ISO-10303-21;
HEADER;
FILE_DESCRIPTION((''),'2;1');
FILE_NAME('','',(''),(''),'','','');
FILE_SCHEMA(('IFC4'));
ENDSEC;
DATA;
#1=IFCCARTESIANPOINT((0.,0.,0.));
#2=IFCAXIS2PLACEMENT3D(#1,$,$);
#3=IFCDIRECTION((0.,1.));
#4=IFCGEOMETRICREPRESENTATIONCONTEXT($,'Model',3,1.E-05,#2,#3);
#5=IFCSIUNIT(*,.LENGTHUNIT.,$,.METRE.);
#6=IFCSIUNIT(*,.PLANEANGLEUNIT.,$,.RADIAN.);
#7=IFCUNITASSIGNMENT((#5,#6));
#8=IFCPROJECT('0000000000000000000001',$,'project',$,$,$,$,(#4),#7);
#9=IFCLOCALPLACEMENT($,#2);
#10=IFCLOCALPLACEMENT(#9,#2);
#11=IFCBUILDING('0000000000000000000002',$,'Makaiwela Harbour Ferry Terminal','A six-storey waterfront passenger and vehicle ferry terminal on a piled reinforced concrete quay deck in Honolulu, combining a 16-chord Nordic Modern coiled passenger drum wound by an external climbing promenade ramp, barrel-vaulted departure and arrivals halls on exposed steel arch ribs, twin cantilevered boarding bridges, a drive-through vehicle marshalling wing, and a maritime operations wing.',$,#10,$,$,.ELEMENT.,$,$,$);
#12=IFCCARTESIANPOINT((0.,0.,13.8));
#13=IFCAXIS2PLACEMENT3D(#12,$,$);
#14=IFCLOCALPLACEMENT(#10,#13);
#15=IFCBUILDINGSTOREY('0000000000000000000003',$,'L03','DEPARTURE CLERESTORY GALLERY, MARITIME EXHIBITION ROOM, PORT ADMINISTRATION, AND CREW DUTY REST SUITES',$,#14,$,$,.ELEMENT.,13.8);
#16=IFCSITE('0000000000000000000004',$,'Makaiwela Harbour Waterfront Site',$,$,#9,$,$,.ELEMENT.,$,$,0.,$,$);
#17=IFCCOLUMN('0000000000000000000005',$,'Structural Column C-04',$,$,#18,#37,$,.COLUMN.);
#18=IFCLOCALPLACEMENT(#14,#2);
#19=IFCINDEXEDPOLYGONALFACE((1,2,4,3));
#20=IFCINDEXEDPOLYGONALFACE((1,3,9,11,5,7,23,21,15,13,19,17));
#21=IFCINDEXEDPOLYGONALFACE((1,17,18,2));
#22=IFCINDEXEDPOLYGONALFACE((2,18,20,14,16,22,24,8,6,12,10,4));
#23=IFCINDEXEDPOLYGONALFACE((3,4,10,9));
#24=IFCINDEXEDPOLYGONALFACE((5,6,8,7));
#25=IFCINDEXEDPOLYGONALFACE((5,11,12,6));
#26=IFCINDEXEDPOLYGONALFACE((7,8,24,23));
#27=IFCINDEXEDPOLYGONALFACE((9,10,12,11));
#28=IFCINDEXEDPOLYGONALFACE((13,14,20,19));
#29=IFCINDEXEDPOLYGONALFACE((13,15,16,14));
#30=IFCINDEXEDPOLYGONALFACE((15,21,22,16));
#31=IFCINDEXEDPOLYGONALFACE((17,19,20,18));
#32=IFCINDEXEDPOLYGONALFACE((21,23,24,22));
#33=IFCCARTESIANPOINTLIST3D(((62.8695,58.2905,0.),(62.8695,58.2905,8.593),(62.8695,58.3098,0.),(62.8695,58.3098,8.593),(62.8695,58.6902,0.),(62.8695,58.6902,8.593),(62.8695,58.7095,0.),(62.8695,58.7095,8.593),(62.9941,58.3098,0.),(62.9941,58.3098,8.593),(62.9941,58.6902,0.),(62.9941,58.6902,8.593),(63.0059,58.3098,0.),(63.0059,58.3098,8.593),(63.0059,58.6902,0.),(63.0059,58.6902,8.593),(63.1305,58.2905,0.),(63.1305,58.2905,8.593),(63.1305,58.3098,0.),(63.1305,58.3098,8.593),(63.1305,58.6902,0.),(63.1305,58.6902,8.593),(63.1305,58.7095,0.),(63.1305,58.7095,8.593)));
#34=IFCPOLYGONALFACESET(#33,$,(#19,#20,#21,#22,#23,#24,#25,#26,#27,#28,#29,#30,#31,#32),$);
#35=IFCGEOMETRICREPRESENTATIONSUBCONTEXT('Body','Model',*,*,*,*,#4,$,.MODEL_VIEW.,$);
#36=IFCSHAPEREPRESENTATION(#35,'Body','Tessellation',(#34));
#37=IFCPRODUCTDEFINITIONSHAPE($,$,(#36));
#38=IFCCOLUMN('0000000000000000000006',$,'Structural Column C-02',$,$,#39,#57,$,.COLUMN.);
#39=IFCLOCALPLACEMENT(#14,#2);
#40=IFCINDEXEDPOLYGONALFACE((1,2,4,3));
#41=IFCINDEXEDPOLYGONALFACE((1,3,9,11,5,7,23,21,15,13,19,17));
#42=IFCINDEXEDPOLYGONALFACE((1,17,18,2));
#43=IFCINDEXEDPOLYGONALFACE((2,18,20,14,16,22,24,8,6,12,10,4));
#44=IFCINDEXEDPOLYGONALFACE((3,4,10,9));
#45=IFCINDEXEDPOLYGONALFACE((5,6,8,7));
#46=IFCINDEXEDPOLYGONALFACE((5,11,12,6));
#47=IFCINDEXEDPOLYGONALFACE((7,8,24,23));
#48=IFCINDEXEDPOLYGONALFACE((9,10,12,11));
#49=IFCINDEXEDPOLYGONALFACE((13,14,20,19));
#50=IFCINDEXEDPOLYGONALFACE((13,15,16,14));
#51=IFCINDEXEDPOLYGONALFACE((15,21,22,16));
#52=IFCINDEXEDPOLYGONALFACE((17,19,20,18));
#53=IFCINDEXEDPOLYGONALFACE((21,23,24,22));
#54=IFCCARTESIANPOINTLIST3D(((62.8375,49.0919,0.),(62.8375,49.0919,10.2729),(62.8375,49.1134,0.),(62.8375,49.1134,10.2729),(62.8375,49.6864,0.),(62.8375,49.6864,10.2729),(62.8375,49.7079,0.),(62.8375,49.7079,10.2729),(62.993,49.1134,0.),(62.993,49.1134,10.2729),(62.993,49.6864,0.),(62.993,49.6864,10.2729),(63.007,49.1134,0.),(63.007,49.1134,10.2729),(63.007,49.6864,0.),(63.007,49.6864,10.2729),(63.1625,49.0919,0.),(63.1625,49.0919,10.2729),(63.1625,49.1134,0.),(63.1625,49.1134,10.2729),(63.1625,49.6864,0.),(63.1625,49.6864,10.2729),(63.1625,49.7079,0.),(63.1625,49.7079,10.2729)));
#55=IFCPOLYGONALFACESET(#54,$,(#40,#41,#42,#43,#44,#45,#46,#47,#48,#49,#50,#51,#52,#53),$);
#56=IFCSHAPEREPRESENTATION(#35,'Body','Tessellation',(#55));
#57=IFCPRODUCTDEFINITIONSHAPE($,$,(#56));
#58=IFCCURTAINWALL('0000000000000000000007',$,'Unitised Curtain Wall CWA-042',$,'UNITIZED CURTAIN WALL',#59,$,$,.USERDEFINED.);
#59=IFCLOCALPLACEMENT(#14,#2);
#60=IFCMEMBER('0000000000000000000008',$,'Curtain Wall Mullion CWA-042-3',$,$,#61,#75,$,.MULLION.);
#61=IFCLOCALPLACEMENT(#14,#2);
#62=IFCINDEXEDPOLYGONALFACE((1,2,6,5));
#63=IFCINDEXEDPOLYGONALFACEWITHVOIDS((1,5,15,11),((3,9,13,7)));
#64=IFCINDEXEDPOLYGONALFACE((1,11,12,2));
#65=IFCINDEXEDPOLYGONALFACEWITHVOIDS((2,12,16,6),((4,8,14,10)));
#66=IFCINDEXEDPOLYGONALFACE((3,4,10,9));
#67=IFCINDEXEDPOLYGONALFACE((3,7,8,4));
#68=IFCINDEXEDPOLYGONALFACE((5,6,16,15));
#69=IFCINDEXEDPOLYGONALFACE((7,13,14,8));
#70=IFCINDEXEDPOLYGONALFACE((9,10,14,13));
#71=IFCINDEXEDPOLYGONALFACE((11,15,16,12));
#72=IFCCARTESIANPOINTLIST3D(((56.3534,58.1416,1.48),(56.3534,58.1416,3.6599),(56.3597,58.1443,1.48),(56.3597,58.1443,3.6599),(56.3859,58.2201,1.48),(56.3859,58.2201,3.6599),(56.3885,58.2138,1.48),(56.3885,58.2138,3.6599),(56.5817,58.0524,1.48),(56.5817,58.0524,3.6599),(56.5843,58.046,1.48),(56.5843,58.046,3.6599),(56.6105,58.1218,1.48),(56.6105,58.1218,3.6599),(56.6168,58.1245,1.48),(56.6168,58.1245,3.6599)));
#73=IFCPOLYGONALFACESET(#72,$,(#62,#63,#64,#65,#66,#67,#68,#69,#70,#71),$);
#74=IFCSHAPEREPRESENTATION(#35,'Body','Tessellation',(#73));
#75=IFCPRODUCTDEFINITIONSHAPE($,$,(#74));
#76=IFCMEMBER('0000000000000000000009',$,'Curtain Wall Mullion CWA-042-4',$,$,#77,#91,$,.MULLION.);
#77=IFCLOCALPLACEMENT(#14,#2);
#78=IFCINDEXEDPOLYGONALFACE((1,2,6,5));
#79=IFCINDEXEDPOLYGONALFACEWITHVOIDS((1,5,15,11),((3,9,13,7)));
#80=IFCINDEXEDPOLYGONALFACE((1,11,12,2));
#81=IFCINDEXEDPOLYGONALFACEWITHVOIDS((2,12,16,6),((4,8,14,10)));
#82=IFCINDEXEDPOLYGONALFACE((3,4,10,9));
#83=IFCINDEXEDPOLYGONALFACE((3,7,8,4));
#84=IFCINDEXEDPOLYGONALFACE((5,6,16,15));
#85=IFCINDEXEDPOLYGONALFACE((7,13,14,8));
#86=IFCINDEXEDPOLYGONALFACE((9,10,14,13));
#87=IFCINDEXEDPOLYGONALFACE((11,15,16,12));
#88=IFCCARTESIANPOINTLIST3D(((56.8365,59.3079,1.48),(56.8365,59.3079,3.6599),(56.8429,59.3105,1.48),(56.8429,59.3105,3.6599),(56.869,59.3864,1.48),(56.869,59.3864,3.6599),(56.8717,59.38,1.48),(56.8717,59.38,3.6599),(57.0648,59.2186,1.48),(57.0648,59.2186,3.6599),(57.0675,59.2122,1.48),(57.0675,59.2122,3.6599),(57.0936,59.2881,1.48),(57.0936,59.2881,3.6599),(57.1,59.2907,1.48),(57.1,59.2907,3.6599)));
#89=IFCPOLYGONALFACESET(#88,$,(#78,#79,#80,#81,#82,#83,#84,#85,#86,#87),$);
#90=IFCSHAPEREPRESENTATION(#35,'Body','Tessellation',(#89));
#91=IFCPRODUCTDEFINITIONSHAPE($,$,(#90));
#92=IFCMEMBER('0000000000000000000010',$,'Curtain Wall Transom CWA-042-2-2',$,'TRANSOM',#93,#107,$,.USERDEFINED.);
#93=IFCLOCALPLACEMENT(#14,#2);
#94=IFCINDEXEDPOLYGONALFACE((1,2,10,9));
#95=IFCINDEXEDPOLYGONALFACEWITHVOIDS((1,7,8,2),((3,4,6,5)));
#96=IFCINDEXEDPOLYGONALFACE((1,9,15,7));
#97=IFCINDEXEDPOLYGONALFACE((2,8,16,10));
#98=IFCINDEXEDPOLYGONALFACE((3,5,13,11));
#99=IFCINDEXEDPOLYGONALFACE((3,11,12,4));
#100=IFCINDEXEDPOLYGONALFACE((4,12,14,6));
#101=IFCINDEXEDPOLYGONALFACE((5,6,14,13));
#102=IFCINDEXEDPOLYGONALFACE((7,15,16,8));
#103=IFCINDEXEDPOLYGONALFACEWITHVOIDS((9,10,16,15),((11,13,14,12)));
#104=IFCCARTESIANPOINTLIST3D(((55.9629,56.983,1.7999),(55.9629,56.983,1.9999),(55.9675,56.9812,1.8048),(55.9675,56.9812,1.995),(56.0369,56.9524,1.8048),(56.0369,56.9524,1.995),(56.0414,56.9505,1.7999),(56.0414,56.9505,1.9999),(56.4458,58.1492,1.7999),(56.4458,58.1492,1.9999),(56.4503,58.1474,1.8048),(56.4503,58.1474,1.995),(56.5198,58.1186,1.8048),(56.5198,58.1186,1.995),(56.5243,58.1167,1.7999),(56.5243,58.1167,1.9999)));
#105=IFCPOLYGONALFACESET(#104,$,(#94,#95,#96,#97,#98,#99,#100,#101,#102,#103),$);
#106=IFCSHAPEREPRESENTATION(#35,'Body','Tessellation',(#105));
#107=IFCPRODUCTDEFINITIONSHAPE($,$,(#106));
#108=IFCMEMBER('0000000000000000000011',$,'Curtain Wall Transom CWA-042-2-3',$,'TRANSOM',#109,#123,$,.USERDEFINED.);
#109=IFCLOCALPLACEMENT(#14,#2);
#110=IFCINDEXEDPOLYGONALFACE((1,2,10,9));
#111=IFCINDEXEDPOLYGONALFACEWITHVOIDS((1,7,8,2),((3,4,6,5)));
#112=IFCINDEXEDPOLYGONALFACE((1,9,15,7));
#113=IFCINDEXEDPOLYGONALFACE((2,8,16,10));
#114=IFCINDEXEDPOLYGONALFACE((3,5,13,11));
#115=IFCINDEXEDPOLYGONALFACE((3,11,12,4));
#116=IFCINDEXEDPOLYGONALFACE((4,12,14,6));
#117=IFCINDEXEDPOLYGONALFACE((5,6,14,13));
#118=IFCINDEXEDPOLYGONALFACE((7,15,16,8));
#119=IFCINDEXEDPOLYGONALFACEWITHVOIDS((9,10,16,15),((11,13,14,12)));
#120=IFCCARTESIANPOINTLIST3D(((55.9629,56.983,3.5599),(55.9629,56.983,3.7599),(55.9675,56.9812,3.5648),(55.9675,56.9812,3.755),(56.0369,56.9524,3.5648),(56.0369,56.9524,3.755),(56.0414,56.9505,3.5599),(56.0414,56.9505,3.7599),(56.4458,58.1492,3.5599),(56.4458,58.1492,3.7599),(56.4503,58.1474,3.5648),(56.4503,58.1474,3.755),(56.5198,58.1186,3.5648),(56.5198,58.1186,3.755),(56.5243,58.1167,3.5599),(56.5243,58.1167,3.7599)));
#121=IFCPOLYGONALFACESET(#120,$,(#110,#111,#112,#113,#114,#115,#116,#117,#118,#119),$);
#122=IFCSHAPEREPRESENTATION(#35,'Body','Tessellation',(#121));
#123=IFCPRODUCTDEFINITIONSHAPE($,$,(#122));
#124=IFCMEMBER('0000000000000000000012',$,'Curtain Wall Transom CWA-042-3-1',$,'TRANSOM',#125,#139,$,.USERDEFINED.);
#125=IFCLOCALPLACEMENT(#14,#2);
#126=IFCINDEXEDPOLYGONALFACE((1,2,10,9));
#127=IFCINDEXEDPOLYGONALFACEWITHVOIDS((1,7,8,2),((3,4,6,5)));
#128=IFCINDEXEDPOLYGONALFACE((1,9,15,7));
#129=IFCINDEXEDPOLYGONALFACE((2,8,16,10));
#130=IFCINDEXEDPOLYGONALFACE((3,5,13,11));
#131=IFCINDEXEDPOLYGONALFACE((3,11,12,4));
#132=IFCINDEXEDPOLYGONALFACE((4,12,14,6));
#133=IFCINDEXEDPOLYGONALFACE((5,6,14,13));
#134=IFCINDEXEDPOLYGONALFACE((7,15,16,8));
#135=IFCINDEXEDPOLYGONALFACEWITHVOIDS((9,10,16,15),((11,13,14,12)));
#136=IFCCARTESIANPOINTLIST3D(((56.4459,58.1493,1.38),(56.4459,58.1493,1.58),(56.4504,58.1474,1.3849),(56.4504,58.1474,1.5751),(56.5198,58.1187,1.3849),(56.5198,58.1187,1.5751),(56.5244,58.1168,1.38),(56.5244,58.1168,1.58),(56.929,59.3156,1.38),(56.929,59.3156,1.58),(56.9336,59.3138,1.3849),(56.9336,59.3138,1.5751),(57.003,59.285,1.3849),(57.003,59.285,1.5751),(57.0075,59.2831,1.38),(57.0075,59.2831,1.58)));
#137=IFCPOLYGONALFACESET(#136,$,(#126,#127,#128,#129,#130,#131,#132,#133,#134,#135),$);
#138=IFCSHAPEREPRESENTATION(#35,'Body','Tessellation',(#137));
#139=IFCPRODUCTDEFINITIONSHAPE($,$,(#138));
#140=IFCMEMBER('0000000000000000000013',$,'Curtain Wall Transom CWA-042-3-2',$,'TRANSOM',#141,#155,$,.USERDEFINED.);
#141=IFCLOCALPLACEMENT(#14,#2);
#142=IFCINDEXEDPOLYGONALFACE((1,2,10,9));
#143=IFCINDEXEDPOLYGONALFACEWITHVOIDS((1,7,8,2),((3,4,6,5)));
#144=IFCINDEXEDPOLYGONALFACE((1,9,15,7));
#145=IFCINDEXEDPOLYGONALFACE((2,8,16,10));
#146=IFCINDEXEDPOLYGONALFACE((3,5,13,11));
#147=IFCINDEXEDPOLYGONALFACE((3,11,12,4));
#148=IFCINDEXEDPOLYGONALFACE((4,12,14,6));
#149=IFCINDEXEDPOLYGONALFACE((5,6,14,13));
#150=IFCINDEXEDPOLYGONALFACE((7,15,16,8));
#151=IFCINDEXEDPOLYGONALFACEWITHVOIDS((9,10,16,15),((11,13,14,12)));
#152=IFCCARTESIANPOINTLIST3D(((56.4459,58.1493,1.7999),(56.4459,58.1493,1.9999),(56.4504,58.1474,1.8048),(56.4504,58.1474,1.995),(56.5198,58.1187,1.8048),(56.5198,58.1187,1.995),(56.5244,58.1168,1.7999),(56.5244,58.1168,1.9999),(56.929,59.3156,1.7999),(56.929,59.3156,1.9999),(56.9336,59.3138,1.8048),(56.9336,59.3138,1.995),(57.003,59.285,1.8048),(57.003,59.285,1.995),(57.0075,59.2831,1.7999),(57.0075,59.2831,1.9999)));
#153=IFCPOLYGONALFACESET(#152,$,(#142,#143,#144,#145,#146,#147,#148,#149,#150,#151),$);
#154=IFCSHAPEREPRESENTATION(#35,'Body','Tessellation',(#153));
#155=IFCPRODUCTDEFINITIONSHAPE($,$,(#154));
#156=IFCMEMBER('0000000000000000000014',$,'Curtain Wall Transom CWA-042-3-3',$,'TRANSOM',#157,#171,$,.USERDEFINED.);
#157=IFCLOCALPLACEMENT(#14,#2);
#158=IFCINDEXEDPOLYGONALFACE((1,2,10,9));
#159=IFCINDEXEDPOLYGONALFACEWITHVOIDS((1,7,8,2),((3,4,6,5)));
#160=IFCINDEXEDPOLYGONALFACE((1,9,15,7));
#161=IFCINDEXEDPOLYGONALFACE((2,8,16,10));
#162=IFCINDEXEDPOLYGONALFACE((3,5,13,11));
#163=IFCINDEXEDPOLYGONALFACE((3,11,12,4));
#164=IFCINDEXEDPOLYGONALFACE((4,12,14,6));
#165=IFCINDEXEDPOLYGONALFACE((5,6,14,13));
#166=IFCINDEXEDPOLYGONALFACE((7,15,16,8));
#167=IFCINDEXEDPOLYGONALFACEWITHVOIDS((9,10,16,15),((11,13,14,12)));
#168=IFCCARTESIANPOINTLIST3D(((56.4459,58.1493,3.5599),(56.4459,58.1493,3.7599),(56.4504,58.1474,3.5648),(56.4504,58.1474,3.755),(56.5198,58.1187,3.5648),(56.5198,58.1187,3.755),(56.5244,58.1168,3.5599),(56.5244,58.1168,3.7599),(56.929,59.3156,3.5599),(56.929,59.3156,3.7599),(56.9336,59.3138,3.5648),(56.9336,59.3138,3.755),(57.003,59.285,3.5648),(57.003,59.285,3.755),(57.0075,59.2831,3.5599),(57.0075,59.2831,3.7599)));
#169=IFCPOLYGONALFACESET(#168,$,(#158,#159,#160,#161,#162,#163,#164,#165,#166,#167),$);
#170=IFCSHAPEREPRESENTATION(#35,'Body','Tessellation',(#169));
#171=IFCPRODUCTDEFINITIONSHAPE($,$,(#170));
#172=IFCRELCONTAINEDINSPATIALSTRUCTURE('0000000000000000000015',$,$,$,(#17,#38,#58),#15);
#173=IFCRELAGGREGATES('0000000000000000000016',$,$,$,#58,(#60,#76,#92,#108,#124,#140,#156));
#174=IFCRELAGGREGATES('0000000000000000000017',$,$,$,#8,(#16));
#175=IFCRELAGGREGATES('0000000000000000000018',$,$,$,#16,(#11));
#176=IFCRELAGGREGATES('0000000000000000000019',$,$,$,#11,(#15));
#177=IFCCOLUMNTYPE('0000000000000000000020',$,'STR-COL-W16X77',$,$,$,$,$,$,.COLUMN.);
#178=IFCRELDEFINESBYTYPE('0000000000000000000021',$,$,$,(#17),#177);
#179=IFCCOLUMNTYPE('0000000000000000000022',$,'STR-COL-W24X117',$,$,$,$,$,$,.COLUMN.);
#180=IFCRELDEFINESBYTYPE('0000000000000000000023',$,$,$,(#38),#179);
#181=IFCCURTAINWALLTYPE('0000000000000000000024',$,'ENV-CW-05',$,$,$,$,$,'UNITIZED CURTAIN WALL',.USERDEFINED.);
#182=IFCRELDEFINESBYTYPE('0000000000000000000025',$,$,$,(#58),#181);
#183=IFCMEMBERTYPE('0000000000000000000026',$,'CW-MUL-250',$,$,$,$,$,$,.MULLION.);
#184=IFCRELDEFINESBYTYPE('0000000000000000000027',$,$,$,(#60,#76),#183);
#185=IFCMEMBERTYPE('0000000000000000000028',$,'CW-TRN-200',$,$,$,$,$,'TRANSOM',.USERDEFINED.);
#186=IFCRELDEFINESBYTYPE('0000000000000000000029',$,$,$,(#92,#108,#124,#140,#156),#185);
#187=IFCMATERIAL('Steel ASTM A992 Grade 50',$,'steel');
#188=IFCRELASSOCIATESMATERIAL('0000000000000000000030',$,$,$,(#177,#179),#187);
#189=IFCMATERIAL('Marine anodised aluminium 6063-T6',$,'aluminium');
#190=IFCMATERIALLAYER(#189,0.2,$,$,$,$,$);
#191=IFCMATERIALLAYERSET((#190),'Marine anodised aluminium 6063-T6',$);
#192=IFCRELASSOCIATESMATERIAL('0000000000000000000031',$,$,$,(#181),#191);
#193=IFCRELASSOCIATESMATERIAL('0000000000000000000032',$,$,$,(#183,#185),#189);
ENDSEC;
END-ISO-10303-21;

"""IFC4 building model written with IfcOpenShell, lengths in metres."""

from ifc_helpers import new_model, si_unit, direction, frame, origin, origin_2d, place, context, subcontext, project, spatial, hollow_rectangle, i_section, extrude, material, layer, layer_set, material_profile, profile_set, type_object, element, aggregate, save


model = new_model("IFC4")

# Units and contexts
model_context = context("Model", 3, precision=1e-05, world=origin(), true_north=direction((0.0, 1.0)))
body_context = subcontext(model_context, "Body", "Model", "MODEL_VIEW")
ifc_project = project(units=[si_unit("LENGTHUNIT", "METRE"), si_unit("PLANEANGLEUNIT", "RADIAN")], contexts=[model_context])

# Site, building, storey
site_placement = place(None, origin())
site = spatial("IfcSite", under=ifc_project, at=site_placement, Name="Makaiwela Harbour Waterfront Site", CompositionType="ELEMENT", RefElevation=0.0)
building_placement = place(site_placement, origin())
building = spatial("IfcBuilding", under=site, at=building_placement, Name="Makaiwela Harbour Ferry Terminal", Description="A six-storey waterfront passenger and vehicle ferry terminal on a piled reinforced concrete quay deck in Honolulu, combining a 16-chord Nordic Modern coiled passenger drum wound by an external climbing promenade ramp, barrel-vaulted departure and arrivals halls on exposed steel arch ribs, twin cantilevered boarding bridges, a drive-through vehicle marshalling wing, and a maritime operations wing.", CompositionType="ELEMENT")
storey_placement = place(building_placement, frame((0.0, 0.0, 13.8)))
storey = spatial("IfcBuildingStorey", under=building, at=storey_placement, Name="L03", Description="DEPARTURE CLERESTORY GALLERY, MARITIME EXHIBITION ROOM, PORT ADMINISTRATION, AND CREW DUTY REST SUITES", CompositionType="ELEMENT", Elevation=13.8)

# Columns
ifc_material_1 = material(Name="Steel ASTM A992 Grade 50", Category="steel")
ifc_material_profile_1 = material_profile(ifc_material_1, i_section(OverallWidth=0.261, OverallDepth=0.4189, WebThickness=0.0117, FlangeThickness=0.0193, at=origin_2d()), Name="W16X77")
ifc_profile_set_1 = profile_set([ifc_material_profile_1], Name="Steel ASTM A992 Grade 50")
column_type_1 = type_object("IfcColumnType", Name="STR-COL-W16X77", PredefinedType="COLUMN", material=ifc_profile_set_1)
column_1_placement = place(storey_placement, frame((63.0, 58.5, 0.0), z_axis=(0.0, 0.0, 1.0), x_axis=(1.0, 0.0, 0.0)))
element("IfcColumn", 1, at=column_1_placement, inside=storey, type_object=column_type_1, Name="Structural Column C-04", PredefinedType="COLUMN", context=body_context, shape_type="SweptSolid", body=[
    extrude(i_section(OverallWidth=0.261, OverallDepth=0.4189, WebThickness=0.0117, FlangeThickness=0.0193, at=origin_2d()), origin(), (0.0, 0.0, 1.0), 8.593),
])
ifc_material_profile_2 = material_profile(ifc_material_1, i_section(OverallWidth=0.325, OverallDepth=0.616, WebThickness=0.0139, FlangeThickness=0.0215, at=origin_2d()), Name="W24X117")
ifc_profile_set_2 = profile_set([ifc_material_profile_2], Name="Steel ASTM A992 Grade 50")
column_type_2 = type_object("IfcColumnType", Name="STR-COL-W24X117", PredefinedType="COLUMN", material=ifc_profile_set_2)
column_2_placement = place(storey_placement, frame((63.0, 49.3999, 0.0), z_axis=(0.0, 0.0, 1.0), x_axis=(1.0, 0.0, 0.0)))
element("IfcColumn", 2, at=column_2_placement, inside=storey, type_object=column_type_2, Name="Structural Column C-02", PredefinedType="COLUMN", context=body_context, shape_type="SweptSolid", body=[
    extrude(i_section(OverallWidth=0.325, OverallDepth=0.616, WebThickness=0.0139, FlangeThickness=0.0215, at=origin_2d()), origin(), (0.0, 0.0, 1.0), 10.2729),
])

# Curtain wall, members
ifc_material_2 = material(Name="Marine anodised aluminium 6063-T6", Category="aluminium")
ifc_layer_1 = layer(ifc_material_2, 0.2)
ifc_layer_set_1 = layer_set([ifc_layer_1], Name="Marine anodised aluminium 6063-T6")
curtain_wall_type = type_object("IfcCurtainWallType", Name="ENV-CW-05", ElementType="UNITIZED CURTAIN WALL", PredefinedType="USERDEFINED", material=ifc_layer_set_1)
curtain_wall_placement = place(storey_placement, origin())
curtain_wall = element("IfcCurtainWall", 3, at=curtain_wall_placement, inside=storey, type_object=curtain_wall_type, Name="Unitised Curtain Wall CWA-042", ObjectType="UNITIZED CURTAIN WALL", PredefinedType="USERDEFINED")
ifc_material_profile_3 = material_profile(ifc_material_2, hollow_rectangle(XDim=0.085, YDim=0.25, WallThickness=0.0049, at=origin_2d()), Name="CWM-250X85")
ifc_profile_set_3 = profile_set([ifc_material_profile_3], Name="Marine anodised aluminium 6063-T6")
member_type_1 = type_object("IfcMemberType", Name="CW-MUL-250", PredefinedType="MULLION", material=ifc_profile_set_3)
member_1_placement = place(storey_placement, frame((56.4851, 58.1331, 1.48), z_axis=(0.0, 0.0, 1.0), x_axis=(0.382683, 0.92388, 0.0)))
member_1 = element("IfcMember", 4, at=member_1_placement, type_object=member_type_1, Name="Curtain Wall Mullion CWA-042-3", PredefinedType="MULLION", context=body_context, shape_type="SweptSolid", body=[
    extrude(hollow_rectangle(XDim=0.085, YDim=0.25, WallThickness=0.0049, at=origin_2d()), origin(), (0.0, 0.0, 1.0), 2.1799),
])
member_2_placement = place(storey_placement, frame((56.9683, 59.2993, 1.48), z_axis=(0.0, 0.0, 1.0), x_axis=(0.382683, 0.92388, 0.0)))
member_2 = element("IfcMember", 5, at=member_2_placement, type_object=member_type_1, Name="Curtain Wall Mullion CWA-042-4", PredefinedType="MULLION", context=body_context, shape_type="SweptSolid", body=[
    extrude(hollow_rectangle(XDim=0.085, YDim=0.25, WallThickness=0.0049, at=origin_2d()), origin(), (0.0, 0.0, 1.0), 2.1799),
])
ifc_material_profile_4 = material_profile(ifc_material_2, hollow_rectangle(XDim=0.085, YDim=0.2, WallThickness=0.0049, at=origin_2d()), Name="CWT-200X85")
ifc_profile_set_4 = profile_set([ifc_material_profile_4], Name="Marine anodised aluminium 6063-T6")
member_type_2 = type_object("IfcMemberType", Name="CW-TRN-200", ElementType="TRANSOM", PredefinedType="USERDEFINED", material=ifc_profile_set_4)
member_3_placement = place(storey_placement, frame((56.0022, 56.9668, 1.8999), z_axis=(0.382568, 0.923927, 0.0), x_axis=(-0.923927, 0.382568, 0.0)))
member_3 = element("IfcMember", 6, at=member_3_placement, type_object=member_type_2, Name="Curtain Wall Transom CWA-042-2-2", ObjectType="TRANSOM", PredefinedType="USERDEFINED", context=body_context, shape_type="SweptSolid", body=[
    extrude(hollow_rectangle(XDim=0.085, YDim=0.2, WallThickness=0.0049, at=origin_2d()), origin(), (0.0, 0.0, 1.0), 1.2622),
])
member_4_placement = place(storey_placement, frame((56.0022, 56.9668, 3.6599), z_axis=(0.382568, 0.923927, 0.0), x_axis=(-0.923927, 0.382568, 0.0)))
member_4 = element("IfcMember", 7, at=member_4_placement, type_object=member_type_2, Name="Curtain Wall Transom CWA-042-2-3", ObjectType="TRANSOM", PredefinedType="USERDEFINED", context=body_context, shape_type="SweptSolid", body=[
    extrude(hollow_rectangle(XDim=0.085, YDim=0.2, WallThickness=0.0049, at=origin_2d()), origin(), (0.0, 0.0, 1.0), 1.2622),
])
member_5_placement = place(storey_placement, frame((56.4851, 58.1331, 1.48), z_axis=(0.382733, 0.923859, 0.0), x_axis=(-0.923859, 0.382733, 0.0)))
member_5 = element("IfcMember", 8, at=member_5_placement, type_object=member_type_2, Name="Curtain Wall Transom CWA-042-3-1", ObjectType="TRANSOM", PredefinedType="USERDEFINED", context=body_context, shape_type="SweptSolid", body=[
    extrude(hollow_rectangle(XDim=0.085, YDim=0.2, WallThickness=0.0049, at=origin_2d()), origin(), (0.0, 0.0, 1.0), 1.2625),
])
member_6_placement = place(storey_placement, frame((56.4851, 58.1331, 1.8999), z_axis=(0.382733, 0.923859, 0.0), x_axis=(-0.923859, 0.382733, 0.0)))
member_6 = element("IfcMember", 9, at=member_6_placement, type_object=member_type_2, Name="Curtain Wall Transom CWA-042-3-2", ObjectType="TRANSOM", PredefinedType="USERDEFINED", context=body_context, shape_type="SweptSolid", body=[
    extrude(hollow_rectangle(XDim=0.085, YDim=0.2, WallThickness=0.0049, at=origin_2d()), origin(), (0.0, 0.0, 1.0), 1.2625),
])
member_7_placement = place(storey_placement, frame((56.4851, 58.1331, 3.6599), z_axis=(0.382733, 0.923859, 0.0), x_axis=(-0.923859, 0.382733, 0.0)))
member_7 = element("IfcMember", 10, at=member_7_placement, type_object=member_type_2, Name="Curtain Wall Transom CWA-042-3-3", ObjectType="TRANSOM", PredefinedType="USERDEFINED", context=body_context, shape_type="SweptSolid", body=[
    extrude(hollow_rectangle(XDim=0.085, YDim=0.2, WallThickness=0.0049, at=origin_2d()), origin(), (0.0, 0.0, 1.0), 1.2625),
])

aggregate(curtain_wall, [member_1, member_2, member_3, member_4, member_5, member_6, member_7])

save(model, "model.ifc")
